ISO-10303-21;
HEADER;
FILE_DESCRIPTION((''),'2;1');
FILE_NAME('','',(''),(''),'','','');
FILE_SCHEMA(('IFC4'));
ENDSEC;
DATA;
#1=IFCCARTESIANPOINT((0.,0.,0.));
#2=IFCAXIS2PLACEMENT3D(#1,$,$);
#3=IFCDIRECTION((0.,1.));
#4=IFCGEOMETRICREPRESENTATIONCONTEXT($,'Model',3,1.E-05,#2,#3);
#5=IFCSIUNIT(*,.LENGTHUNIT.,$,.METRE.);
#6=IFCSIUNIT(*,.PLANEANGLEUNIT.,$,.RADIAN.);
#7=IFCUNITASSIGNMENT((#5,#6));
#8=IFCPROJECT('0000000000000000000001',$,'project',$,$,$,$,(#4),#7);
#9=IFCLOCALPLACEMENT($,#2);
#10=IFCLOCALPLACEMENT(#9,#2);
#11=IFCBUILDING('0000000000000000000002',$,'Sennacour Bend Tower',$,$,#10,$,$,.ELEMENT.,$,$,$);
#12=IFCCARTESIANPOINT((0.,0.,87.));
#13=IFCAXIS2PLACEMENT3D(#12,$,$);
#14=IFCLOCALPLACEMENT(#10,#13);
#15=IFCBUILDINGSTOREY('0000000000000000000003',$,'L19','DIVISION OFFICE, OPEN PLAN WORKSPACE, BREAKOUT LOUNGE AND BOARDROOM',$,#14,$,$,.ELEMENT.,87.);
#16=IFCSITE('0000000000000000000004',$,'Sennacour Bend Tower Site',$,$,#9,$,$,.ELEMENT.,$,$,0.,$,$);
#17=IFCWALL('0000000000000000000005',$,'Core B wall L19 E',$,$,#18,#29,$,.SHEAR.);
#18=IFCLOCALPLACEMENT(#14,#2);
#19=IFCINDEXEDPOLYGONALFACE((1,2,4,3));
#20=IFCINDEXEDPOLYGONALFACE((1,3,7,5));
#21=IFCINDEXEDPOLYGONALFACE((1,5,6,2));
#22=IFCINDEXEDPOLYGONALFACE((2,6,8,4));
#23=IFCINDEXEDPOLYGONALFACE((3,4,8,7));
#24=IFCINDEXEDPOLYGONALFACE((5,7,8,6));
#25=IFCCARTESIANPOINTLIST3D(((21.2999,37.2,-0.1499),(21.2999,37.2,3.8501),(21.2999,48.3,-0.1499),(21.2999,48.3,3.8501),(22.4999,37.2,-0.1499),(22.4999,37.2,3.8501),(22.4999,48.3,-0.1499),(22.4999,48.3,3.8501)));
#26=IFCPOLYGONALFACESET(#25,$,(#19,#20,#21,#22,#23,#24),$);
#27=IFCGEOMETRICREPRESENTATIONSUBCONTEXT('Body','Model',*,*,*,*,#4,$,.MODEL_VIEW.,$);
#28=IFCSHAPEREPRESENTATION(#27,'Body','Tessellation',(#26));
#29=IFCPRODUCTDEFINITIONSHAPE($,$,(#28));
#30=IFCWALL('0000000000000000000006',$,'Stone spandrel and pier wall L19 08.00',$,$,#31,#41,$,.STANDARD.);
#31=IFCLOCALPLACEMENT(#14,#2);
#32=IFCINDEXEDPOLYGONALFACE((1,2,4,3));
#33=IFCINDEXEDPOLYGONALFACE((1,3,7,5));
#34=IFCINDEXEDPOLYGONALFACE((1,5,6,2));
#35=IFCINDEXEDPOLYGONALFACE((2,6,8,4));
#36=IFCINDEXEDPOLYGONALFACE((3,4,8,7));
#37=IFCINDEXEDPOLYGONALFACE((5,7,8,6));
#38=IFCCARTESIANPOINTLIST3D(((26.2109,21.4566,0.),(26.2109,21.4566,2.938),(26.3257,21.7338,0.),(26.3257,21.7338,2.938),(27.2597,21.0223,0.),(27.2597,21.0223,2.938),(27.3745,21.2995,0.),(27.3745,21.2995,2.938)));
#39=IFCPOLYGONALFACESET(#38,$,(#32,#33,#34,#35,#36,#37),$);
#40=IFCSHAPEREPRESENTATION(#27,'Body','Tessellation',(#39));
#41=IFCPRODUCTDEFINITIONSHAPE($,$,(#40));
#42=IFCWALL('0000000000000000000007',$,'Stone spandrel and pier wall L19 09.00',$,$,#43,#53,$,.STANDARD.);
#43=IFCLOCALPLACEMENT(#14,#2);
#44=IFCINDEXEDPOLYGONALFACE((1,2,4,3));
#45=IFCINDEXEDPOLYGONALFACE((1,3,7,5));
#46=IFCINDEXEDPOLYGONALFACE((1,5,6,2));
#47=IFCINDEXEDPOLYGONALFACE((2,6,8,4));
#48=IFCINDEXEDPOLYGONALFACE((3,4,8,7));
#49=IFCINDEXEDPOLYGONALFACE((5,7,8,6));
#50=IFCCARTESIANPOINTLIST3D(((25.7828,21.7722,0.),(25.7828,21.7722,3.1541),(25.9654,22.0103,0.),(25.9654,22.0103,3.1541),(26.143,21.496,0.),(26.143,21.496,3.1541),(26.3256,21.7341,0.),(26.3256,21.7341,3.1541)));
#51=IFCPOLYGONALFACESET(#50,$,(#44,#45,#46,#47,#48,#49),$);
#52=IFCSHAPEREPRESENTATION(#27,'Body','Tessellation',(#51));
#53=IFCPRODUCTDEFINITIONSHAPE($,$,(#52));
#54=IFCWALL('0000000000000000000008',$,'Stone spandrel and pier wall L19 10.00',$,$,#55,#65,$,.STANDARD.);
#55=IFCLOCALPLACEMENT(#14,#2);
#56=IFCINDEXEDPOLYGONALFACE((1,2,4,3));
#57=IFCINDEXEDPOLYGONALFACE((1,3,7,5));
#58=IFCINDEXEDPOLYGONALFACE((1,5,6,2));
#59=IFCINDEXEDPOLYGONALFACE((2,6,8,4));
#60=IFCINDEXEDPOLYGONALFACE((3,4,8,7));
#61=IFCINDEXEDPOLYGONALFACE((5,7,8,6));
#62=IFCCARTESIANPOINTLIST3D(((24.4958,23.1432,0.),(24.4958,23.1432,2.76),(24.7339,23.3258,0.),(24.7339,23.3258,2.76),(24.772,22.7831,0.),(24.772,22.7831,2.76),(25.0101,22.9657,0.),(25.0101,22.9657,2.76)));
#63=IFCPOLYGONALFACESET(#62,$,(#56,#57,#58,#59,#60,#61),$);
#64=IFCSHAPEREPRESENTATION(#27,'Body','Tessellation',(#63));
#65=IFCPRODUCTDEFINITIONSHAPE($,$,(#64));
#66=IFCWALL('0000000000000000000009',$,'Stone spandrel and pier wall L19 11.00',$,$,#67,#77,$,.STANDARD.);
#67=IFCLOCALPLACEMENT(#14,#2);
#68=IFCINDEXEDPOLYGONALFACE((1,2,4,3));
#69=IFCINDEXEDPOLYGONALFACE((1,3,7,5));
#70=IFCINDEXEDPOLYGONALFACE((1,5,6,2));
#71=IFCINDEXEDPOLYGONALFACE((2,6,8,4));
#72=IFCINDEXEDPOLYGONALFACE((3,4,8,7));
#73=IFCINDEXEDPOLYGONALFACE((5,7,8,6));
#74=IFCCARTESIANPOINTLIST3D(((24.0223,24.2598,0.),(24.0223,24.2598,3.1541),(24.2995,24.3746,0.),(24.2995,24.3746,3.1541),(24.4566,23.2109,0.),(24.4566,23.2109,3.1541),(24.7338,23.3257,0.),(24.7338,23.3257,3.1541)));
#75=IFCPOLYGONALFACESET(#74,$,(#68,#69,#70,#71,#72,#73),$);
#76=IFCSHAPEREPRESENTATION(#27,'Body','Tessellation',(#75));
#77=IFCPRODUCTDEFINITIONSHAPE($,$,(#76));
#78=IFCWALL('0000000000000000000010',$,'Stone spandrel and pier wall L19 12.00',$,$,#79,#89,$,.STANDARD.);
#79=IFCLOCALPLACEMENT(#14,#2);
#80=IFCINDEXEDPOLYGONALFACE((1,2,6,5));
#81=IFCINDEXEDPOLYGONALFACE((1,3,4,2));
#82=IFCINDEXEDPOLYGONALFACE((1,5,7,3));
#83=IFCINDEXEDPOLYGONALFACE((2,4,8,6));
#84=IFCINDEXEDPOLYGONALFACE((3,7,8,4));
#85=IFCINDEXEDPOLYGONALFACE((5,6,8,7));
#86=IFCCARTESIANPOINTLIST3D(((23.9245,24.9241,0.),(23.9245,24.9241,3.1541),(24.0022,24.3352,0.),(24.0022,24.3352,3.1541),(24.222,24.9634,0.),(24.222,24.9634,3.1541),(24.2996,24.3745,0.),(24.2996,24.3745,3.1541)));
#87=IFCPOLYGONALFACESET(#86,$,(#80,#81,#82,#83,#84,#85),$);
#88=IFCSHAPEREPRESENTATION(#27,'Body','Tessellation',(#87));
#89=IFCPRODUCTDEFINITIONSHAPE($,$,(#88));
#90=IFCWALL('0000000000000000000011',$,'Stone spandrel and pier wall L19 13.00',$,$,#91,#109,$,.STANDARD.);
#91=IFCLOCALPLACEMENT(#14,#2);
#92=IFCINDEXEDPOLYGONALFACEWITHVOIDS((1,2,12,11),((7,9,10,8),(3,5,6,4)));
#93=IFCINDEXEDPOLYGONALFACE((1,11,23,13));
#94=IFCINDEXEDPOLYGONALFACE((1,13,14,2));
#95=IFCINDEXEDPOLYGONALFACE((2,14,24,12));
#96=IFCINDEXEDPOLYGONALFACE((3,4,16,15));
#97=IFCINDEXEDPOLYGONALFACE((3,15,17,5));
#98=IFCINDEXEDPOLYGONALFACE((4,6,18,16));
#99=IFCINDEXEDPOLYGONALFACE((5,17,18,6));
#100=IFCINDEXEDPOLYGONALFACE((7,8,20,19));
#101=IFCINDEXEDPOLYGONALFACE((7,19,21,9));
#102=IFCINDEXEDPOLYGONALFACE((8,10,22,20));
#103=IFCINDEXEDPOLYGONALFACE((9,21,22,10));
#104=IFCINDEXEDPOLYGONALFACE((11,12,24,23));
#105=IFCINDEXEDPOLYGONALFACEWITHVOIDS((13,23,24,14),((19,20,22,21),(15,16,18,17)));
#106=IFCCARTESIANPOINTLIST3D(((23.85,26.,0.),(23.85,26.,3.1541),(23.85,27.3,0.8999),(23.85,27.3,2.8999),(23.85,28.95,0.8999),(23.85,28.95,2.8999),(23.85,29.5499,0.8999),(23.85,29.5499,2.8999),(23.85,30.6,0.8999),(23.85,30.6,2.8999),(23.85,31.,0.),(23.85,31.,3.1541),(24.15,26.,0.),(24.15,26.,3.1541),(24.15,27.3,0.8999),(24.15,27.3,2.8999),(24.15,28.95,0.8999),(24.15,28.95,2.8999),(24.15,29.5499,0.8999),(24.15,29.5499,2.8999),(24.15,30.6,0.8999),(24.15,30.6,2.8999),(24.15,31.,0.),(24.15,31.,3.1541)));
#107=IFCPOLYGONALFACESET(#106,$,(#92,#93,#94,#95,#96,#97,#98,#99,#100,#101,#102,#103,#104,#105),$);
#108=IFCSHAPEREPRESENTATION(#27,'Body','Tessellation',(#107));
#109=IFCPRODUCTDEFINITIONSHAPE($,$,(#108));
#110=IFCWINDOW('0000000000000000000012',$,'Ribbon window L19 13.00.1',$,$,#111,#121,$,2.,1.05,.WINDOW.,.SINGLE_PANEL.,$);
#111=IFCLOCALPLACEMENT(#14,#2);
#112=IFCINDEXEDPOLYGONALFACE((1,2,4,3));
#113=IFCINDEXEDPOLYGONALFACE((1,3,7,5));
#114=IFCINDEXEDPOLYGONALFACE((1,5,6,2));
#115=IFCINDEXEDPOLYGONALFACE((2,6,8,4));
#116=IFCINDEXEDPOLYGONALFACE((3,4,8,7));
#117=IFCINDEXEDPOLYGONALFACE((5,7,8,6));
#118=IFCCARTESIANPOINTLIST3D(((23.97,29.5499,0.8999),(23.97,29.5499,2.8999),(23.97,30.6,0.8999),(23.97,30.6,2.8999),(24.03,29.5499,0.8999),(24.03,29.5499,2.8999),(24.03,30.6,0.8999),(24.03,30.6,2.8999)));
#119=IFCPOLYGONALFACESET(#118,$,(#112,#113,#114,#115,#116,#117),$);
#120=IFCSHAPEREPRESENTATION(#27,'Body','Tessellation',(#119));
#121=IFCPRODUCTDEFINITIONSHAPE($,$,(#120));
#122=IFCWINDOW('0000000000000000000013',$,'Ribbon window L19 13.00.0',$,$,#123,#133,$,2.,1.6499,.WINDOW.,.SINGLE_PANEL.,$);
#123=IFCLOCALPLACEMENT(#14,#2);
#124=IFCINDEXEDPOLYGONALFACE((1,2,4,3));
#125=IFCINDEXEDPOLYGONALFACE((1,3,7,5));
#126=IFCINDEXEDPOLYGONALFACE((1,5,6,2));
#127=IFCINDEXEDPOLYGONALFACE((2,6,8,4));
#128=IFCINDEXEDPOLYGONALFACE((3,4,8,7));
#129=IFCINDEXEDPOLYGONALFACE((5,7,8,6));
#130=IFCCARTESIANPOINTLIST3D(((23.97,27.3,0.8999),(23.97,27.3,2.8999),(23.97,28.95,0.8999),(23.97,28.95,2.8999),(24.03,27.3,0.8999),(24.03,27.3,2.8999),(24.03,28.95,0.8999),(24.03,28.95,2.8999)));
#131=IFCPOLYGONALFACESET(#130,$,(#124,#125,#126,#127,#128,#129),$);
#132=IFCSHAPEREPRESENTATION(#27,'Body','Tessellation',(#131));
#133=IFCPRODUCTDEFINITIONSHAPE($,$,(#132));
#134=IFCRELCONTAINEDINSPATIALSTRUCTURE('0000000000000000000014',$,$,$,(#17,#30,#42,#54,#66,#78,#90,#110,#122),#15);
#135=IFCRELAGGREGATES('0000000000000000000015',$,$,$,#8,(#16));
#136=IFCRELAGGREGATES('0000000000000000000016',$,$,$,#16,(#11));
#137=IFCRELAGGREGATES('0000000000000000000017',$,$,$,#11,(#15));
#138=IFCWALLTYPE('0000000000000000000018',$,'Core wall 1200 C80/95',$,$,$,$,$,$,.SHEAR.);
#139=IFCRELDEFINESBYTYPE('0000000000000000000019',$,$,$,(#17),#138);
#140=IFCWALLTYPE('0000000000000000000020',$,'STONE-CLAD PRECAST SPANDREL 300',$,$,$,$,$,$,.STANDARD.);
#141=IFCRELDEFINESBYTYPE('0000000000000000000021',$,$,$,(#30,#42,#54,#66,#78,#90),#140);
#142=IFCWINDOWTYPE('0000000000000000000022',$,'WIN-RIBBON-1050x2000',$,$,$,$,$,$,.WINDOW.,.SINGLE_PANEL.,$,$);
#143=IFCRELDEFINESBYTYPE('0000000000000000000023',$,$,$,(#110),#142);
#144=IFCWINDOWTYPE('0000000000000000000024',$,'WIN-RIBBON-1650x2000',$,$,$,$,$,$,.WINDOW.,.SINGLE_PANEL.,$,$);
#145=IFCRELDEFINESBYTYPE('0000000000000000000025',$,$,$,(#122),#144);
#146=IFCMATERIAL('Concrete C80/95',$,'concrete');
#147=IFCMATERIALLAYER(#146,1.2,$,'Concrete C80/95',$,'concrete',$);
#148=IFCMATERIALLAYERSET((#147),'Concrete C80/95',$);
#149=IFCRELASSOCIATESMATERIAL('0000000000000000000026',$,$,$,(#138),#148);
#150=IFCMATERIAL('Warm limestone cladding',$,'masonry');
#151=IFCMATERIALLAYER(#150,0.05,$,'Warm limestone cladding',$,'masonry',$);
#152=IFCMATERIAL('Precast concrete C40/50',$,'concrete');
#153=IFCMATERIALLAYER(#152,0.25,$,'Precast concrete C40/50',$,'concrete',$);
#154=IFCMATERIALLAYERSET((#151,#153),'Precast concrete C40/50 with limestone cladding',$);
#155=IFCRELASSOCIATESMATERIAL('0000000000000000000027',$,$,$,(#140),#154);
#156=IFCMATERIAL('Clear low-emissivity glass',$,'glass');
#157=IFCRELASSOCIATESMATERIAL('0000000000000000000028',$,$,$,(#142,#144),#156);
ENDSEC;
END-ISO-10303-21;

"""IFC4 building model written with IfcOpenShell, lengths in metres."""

from ifc_helpers import new_model, si_unit, direction, frame, frame_2d, origin, place, context, subcontext, project, spatial, rectangle, extrude, material, layer, layer_set, type_object, element, fill, save


model = new_model("IFC4")

# Units and contexts
model_context = context("Model", 3, precision=1e-05, world=origin(), true_north=direction((0.0, 1.0)))
body_context = subcontext(model_context, "Body", "Model", "MODEL_VIEW")
ifc_project = project(units=[si_unit("LENGTHUNIT", "METRE"), si_unit("PLANEANGLEUNIT", "RADIAN")], contexts=[model_context])

# Site, building, storey
site_placement = place(None, origin())
site = spatial("IfcSite", under=ifc_project, at=site_placement, Name="Sennacour Bend Tower Site", CompositionType="ELEMENT", RefElevation=0.0)
building_placement = place(site_placement, origin())
building = spatial("IfcBuilding", under=site, at=building_placement, Name="Sennacour Bend Tower", CompositionType="ELEMENT")
storey_placement = place(building_placement, frame((0.0, 0.0, 87.0)))
storey = spatial("IfcBuildingStorey", under=building, at=storey_placement, Name="L19", Description="DIVISION OFFICE, OPEN PLAN WORKSPACE, BREAKOUT LOUNGE AND BOARDROOM", CompositionType="ELEMENT", Elevation=87.0)

# Walls
ifc_material_1 = material(Name="Concrete C80/95", Category="concrete")
ifc_layer_1 = layer(ifc_material_1, 1.2, Name="Concrete C80/95", Category="concrete")
ifc_layer_set_1 = layer_set([ifc_layer_1], Name="Concrete C80/95")
wall_type_1 = type_object("IfcWallType", Name="Core wall 1200 C80/95", PredefinedType="SHEAR", material=ifc_layer_set_1)
wall_1_placement = place(storey_placement, frame((21.8999, 37.2, -0.1499), z_axis=(0.0, 0.0, 1.0), x_axis=(0.0, 1.0, 0.0)))
element("IfcWall", 1, at=wall_1_placement, inside=storey, type_object=wall_type_1, Name="Core B wall L19 E", PredefinedType="SHEAR", context=body_context, shape_type="SweptSolid", body=[
    extrude(rectangle(XDim=11.1001, YDim=1.2, at=frame_2d((5.55, 0.0))), origin(), (0.0, 0.0, 1.0), 4.0),
])
ifc_material_2 = material(Name="Warm limestone cladding", Category="masonry")
ifc_layer_2 = layer(ifc_material_2, 0.05, Name="Warm limestone cladding", Category="masonry")
ifc_material_3 = material(Name="Precast concrete C40/50", Category="concrete")
ifc_layer_3 = layer(ifc_material_3, 0.25, Name="Precast concrete C40/50", Category="concrete")
ifc_layer_set_2 = layer_set([ifc_layer_2, ifc_layer_3], Name="Precast concrete C40/50 with limestone cladding")
wall_type_2 = type_object("IfcWallType", Name="STONE-CLAD PRECAST SPANDREL 300", PredefinedType="STANDARD", material=ifc_layer_set_2)
wall_2_placement = place(storey_placement, frame((27.3171, 21.1609, 0.0), z_axis=(0.0, 0.0, 1.0), x_axis=(-0.923915, 0.382599, 0.0)))
element("IfcWall", 2, at=wall_2_placement, inside=storey, type_object=wall_type_2, Name="Stone spandrel and pier wall L19 08.00", PredefinedType="STANDARD", context=body_context, shape_type="SweptSolid", body=[
    extrude(rectangle(XDim=1.1353, YDim=0.3, at=frame_2d((0.5676, 0.0))), origin(), (0.0, 0.0, 1.0), 2.938),
])
wall_3_placement = place(storey_placement, frame((26.2344, 21.615, 0.0), z_axis=(0.0, 0.0, 1.0), x_axis=(-0.793563, 0.608488, 0.0)))
element("IfcWall", 3, at=wall_3_placement, inside=storey, type_object=wall_type_2, Name="Stone spandrel and pier wall L19 09.00", PredefinedType="STANDARD", context=body_context, shape_type="SweptSolid", body=[
    extrude(rectangle(XDim=0.4539, YDim=0.3, at=frame_2d((0.2271, 0.0))), origin(), (0.0, 0.0, 1.0), 3.1541),
])
wall_4_placement = place(storey_placement, frame((24.8911, 22.8743, 0.0), z_axis=(0.0, 0.0, 1.0), x_axis=(-0.608488, 0.793563, 0.0)))
element("IfcWall", 4, at=wall_4_placement, inside=storey, type_object=wall_type_2, Name="Stone spandrel and pier wall L19 10.00", PredefinedType="STANDARD", context=body_context, shape_type="SweptSolid", body=[
    extrude(rectangle(XDim=0.4539, YDim=0.3, at=frame_2d((0.2271, 0.0))), origin(), (0.0, 0.0, 1.0), 2.76),
])
wall_5_placement = place(storey_placement, frame((24.5952, 23.2683, 0.0), z_axis=(0.0, 0.0, 1.0), x_axis=(-0.382599, 0.923915, 0.0)))
element("IfcWall", 5, at=wall_5_placement, inside=storey, type_object=wall_type_2, Name="Stone spandrel and pier wall L19 11.00", PredefinedType="STANDARD", context=body_context, shape_type="SweptSolid", body=[
    extrude(rectangle(XDim=1.1353, YDim=0.3, at=frame_2d((0.5676, 0.0))), origin(), (0.0, 0.0, 1.0), 3.1541),
])
wall_6_placement = place(storey_placement, frame((24.1509, 24.355, 0.0), z_axis=(0.0, 0.0, 1.0), x_axis=(-0.13071, 0.991421, 0.0)))
element("IfcWall", 6, at=wall_6_placement, inside=storey, type_object=wall_type_2, Name="Stone spandrel and pier wall L19 12.00", PredefinedType="STANDARD", context=body_context, shape_type="SweptSolid", body=[
    extrude(rectangle(XDim=0.594, YDim=0.3, at=frame_2d((0.2969, 0.0))), origin(), (0.0, 0.0, 1.0), 3.1541),
])

# Wall, openings, windows
wall_7_placement = place(storey_placement, frame((24.0, 26.0, 0.0), z_axis=(0.0, 0.0, 1.0), x_axis=(0.0, 1.0, 0.0)))
wall_7 = element("IfcWall", 7, at=wall_7_placement, inside=storey, type_object=wall_type_2, Name="Stone spandrel and pier wall L19 13.00", PredefinedType="STANDARD", context=body_context, shape_type="SweptSolid", body=[
    extrude(rectangle(XDim=5.0, YDim=0.3, at=frame_2d((2.5, 0.0))), origin(), (0.0, 0.0, 1.0), 3.1541),
])
opening_1_placement = place(wall_7_placement, frame((1.3, 0.0, 0.8999)))
opening_1 = element("IfcOpeningElement", 8, at=opening_1_placement, cuts=wall_7, PredefinedType="OPENING", context=body_context, shape_type="SweptSolid", body=[
    extrude(rectangle(XDim=1.6499, YDim=2.0, at=frame_2d((0.825, 1.0))), frame((0.0, 0.1602, 0.0), z_axis=(0.0, -1.0, 0.0), x_axis=(1.0, 0.0, 0.0)), (0.0, 0.0, 1.0), 0.3201),
])
opening_2_placement = place(wall_7_placement, frame((3.55, 0.0, 0.8999)))
opening_2 = element("IfcOpeningElement", 9, at=opening_2_placement, cuts=wall_7, PredefinedType="OPENING", context=body_context, shape_type="SweptSolid", body=[
    extrude(rectangle(XDim=1.05, YDim=2.0, at=frame_2d((0.5249, 1.0))), frame((0.0, 0.1602, 0.0), z_axis=(0.0, -1.0, 0.0), x_axis=(1.0, 0.0, 0.0)), (0.0, 0.0, 1.0), 0.3201),
])
ifc_material_4 = material(Name="Clear low-emissivity glass", Category="glass")
window_type_1 = type_object("IfcWindowType", Name="WIN-RIBBON-1050x2000", PartitioningType="SINGLE_PANEL", PredefinedType="WINDOW", material=ifc_material_4)
window_1_placement = place(opening_2_placement, origin())
window_1 = element("IfcWindow", 10, at=window_1_placement, inside=storey, type_object=window_type_1, Name="Ribbon window L19 13.00.1", OverallHeight=2.0, OverallWidth=1.05, PartitioningType="SINGLE_PANEL", PredefinedType="WINDOW", context=body_context, shape_type="SweptSolid", body=[
    extrude(rectangle(XDim=1.05, YDim=2.0, at=frame_2d((0.5249, 1.0))), frame((0.0, 0.03, 0.0), z_axis=(0.0, -1.0, 0.0), x_axis=(1.0, 0.0, 0.0)), (0.0, 0.0, 1.0), 0.0601),
])
fill(opening_2, window_1)
window_type_2 = type_object("IfcWindowType", Name="WIN-RIBBON-1650x2000", PartitioningType="SINGLE_PANEL", PredefinedType="WINDOW", material=ifc_material_4)
window_2_placement = place(opening_1_placement, origin())
window_2 = element("IfcWindow", 11, at=window_2_placement, inside=storey, type_object=window_type_2, Name="Ribbon window L19 13.00.0", OverallHeight=2.0, OverallWidth=1.6499, PartitioningType="SINGLE_PANEL", PredefinedType="WINDOW", context=body_context, shape_type="SweptSolid", body=[
    extrude(rectangle(XDim=1.6499, YDim=2.0, at=frame_2d((0.825, 1.0))), frame((0.0, 0.03, 0.0), z_axis=(0.0, -1.0, 0.0), x_axis=(1.0, 0.0, 0.0)), (0.0, 0.0, 1.0), 0.0601),
])
fill(opening_1, window_2)

save(model, "model.ifc")
